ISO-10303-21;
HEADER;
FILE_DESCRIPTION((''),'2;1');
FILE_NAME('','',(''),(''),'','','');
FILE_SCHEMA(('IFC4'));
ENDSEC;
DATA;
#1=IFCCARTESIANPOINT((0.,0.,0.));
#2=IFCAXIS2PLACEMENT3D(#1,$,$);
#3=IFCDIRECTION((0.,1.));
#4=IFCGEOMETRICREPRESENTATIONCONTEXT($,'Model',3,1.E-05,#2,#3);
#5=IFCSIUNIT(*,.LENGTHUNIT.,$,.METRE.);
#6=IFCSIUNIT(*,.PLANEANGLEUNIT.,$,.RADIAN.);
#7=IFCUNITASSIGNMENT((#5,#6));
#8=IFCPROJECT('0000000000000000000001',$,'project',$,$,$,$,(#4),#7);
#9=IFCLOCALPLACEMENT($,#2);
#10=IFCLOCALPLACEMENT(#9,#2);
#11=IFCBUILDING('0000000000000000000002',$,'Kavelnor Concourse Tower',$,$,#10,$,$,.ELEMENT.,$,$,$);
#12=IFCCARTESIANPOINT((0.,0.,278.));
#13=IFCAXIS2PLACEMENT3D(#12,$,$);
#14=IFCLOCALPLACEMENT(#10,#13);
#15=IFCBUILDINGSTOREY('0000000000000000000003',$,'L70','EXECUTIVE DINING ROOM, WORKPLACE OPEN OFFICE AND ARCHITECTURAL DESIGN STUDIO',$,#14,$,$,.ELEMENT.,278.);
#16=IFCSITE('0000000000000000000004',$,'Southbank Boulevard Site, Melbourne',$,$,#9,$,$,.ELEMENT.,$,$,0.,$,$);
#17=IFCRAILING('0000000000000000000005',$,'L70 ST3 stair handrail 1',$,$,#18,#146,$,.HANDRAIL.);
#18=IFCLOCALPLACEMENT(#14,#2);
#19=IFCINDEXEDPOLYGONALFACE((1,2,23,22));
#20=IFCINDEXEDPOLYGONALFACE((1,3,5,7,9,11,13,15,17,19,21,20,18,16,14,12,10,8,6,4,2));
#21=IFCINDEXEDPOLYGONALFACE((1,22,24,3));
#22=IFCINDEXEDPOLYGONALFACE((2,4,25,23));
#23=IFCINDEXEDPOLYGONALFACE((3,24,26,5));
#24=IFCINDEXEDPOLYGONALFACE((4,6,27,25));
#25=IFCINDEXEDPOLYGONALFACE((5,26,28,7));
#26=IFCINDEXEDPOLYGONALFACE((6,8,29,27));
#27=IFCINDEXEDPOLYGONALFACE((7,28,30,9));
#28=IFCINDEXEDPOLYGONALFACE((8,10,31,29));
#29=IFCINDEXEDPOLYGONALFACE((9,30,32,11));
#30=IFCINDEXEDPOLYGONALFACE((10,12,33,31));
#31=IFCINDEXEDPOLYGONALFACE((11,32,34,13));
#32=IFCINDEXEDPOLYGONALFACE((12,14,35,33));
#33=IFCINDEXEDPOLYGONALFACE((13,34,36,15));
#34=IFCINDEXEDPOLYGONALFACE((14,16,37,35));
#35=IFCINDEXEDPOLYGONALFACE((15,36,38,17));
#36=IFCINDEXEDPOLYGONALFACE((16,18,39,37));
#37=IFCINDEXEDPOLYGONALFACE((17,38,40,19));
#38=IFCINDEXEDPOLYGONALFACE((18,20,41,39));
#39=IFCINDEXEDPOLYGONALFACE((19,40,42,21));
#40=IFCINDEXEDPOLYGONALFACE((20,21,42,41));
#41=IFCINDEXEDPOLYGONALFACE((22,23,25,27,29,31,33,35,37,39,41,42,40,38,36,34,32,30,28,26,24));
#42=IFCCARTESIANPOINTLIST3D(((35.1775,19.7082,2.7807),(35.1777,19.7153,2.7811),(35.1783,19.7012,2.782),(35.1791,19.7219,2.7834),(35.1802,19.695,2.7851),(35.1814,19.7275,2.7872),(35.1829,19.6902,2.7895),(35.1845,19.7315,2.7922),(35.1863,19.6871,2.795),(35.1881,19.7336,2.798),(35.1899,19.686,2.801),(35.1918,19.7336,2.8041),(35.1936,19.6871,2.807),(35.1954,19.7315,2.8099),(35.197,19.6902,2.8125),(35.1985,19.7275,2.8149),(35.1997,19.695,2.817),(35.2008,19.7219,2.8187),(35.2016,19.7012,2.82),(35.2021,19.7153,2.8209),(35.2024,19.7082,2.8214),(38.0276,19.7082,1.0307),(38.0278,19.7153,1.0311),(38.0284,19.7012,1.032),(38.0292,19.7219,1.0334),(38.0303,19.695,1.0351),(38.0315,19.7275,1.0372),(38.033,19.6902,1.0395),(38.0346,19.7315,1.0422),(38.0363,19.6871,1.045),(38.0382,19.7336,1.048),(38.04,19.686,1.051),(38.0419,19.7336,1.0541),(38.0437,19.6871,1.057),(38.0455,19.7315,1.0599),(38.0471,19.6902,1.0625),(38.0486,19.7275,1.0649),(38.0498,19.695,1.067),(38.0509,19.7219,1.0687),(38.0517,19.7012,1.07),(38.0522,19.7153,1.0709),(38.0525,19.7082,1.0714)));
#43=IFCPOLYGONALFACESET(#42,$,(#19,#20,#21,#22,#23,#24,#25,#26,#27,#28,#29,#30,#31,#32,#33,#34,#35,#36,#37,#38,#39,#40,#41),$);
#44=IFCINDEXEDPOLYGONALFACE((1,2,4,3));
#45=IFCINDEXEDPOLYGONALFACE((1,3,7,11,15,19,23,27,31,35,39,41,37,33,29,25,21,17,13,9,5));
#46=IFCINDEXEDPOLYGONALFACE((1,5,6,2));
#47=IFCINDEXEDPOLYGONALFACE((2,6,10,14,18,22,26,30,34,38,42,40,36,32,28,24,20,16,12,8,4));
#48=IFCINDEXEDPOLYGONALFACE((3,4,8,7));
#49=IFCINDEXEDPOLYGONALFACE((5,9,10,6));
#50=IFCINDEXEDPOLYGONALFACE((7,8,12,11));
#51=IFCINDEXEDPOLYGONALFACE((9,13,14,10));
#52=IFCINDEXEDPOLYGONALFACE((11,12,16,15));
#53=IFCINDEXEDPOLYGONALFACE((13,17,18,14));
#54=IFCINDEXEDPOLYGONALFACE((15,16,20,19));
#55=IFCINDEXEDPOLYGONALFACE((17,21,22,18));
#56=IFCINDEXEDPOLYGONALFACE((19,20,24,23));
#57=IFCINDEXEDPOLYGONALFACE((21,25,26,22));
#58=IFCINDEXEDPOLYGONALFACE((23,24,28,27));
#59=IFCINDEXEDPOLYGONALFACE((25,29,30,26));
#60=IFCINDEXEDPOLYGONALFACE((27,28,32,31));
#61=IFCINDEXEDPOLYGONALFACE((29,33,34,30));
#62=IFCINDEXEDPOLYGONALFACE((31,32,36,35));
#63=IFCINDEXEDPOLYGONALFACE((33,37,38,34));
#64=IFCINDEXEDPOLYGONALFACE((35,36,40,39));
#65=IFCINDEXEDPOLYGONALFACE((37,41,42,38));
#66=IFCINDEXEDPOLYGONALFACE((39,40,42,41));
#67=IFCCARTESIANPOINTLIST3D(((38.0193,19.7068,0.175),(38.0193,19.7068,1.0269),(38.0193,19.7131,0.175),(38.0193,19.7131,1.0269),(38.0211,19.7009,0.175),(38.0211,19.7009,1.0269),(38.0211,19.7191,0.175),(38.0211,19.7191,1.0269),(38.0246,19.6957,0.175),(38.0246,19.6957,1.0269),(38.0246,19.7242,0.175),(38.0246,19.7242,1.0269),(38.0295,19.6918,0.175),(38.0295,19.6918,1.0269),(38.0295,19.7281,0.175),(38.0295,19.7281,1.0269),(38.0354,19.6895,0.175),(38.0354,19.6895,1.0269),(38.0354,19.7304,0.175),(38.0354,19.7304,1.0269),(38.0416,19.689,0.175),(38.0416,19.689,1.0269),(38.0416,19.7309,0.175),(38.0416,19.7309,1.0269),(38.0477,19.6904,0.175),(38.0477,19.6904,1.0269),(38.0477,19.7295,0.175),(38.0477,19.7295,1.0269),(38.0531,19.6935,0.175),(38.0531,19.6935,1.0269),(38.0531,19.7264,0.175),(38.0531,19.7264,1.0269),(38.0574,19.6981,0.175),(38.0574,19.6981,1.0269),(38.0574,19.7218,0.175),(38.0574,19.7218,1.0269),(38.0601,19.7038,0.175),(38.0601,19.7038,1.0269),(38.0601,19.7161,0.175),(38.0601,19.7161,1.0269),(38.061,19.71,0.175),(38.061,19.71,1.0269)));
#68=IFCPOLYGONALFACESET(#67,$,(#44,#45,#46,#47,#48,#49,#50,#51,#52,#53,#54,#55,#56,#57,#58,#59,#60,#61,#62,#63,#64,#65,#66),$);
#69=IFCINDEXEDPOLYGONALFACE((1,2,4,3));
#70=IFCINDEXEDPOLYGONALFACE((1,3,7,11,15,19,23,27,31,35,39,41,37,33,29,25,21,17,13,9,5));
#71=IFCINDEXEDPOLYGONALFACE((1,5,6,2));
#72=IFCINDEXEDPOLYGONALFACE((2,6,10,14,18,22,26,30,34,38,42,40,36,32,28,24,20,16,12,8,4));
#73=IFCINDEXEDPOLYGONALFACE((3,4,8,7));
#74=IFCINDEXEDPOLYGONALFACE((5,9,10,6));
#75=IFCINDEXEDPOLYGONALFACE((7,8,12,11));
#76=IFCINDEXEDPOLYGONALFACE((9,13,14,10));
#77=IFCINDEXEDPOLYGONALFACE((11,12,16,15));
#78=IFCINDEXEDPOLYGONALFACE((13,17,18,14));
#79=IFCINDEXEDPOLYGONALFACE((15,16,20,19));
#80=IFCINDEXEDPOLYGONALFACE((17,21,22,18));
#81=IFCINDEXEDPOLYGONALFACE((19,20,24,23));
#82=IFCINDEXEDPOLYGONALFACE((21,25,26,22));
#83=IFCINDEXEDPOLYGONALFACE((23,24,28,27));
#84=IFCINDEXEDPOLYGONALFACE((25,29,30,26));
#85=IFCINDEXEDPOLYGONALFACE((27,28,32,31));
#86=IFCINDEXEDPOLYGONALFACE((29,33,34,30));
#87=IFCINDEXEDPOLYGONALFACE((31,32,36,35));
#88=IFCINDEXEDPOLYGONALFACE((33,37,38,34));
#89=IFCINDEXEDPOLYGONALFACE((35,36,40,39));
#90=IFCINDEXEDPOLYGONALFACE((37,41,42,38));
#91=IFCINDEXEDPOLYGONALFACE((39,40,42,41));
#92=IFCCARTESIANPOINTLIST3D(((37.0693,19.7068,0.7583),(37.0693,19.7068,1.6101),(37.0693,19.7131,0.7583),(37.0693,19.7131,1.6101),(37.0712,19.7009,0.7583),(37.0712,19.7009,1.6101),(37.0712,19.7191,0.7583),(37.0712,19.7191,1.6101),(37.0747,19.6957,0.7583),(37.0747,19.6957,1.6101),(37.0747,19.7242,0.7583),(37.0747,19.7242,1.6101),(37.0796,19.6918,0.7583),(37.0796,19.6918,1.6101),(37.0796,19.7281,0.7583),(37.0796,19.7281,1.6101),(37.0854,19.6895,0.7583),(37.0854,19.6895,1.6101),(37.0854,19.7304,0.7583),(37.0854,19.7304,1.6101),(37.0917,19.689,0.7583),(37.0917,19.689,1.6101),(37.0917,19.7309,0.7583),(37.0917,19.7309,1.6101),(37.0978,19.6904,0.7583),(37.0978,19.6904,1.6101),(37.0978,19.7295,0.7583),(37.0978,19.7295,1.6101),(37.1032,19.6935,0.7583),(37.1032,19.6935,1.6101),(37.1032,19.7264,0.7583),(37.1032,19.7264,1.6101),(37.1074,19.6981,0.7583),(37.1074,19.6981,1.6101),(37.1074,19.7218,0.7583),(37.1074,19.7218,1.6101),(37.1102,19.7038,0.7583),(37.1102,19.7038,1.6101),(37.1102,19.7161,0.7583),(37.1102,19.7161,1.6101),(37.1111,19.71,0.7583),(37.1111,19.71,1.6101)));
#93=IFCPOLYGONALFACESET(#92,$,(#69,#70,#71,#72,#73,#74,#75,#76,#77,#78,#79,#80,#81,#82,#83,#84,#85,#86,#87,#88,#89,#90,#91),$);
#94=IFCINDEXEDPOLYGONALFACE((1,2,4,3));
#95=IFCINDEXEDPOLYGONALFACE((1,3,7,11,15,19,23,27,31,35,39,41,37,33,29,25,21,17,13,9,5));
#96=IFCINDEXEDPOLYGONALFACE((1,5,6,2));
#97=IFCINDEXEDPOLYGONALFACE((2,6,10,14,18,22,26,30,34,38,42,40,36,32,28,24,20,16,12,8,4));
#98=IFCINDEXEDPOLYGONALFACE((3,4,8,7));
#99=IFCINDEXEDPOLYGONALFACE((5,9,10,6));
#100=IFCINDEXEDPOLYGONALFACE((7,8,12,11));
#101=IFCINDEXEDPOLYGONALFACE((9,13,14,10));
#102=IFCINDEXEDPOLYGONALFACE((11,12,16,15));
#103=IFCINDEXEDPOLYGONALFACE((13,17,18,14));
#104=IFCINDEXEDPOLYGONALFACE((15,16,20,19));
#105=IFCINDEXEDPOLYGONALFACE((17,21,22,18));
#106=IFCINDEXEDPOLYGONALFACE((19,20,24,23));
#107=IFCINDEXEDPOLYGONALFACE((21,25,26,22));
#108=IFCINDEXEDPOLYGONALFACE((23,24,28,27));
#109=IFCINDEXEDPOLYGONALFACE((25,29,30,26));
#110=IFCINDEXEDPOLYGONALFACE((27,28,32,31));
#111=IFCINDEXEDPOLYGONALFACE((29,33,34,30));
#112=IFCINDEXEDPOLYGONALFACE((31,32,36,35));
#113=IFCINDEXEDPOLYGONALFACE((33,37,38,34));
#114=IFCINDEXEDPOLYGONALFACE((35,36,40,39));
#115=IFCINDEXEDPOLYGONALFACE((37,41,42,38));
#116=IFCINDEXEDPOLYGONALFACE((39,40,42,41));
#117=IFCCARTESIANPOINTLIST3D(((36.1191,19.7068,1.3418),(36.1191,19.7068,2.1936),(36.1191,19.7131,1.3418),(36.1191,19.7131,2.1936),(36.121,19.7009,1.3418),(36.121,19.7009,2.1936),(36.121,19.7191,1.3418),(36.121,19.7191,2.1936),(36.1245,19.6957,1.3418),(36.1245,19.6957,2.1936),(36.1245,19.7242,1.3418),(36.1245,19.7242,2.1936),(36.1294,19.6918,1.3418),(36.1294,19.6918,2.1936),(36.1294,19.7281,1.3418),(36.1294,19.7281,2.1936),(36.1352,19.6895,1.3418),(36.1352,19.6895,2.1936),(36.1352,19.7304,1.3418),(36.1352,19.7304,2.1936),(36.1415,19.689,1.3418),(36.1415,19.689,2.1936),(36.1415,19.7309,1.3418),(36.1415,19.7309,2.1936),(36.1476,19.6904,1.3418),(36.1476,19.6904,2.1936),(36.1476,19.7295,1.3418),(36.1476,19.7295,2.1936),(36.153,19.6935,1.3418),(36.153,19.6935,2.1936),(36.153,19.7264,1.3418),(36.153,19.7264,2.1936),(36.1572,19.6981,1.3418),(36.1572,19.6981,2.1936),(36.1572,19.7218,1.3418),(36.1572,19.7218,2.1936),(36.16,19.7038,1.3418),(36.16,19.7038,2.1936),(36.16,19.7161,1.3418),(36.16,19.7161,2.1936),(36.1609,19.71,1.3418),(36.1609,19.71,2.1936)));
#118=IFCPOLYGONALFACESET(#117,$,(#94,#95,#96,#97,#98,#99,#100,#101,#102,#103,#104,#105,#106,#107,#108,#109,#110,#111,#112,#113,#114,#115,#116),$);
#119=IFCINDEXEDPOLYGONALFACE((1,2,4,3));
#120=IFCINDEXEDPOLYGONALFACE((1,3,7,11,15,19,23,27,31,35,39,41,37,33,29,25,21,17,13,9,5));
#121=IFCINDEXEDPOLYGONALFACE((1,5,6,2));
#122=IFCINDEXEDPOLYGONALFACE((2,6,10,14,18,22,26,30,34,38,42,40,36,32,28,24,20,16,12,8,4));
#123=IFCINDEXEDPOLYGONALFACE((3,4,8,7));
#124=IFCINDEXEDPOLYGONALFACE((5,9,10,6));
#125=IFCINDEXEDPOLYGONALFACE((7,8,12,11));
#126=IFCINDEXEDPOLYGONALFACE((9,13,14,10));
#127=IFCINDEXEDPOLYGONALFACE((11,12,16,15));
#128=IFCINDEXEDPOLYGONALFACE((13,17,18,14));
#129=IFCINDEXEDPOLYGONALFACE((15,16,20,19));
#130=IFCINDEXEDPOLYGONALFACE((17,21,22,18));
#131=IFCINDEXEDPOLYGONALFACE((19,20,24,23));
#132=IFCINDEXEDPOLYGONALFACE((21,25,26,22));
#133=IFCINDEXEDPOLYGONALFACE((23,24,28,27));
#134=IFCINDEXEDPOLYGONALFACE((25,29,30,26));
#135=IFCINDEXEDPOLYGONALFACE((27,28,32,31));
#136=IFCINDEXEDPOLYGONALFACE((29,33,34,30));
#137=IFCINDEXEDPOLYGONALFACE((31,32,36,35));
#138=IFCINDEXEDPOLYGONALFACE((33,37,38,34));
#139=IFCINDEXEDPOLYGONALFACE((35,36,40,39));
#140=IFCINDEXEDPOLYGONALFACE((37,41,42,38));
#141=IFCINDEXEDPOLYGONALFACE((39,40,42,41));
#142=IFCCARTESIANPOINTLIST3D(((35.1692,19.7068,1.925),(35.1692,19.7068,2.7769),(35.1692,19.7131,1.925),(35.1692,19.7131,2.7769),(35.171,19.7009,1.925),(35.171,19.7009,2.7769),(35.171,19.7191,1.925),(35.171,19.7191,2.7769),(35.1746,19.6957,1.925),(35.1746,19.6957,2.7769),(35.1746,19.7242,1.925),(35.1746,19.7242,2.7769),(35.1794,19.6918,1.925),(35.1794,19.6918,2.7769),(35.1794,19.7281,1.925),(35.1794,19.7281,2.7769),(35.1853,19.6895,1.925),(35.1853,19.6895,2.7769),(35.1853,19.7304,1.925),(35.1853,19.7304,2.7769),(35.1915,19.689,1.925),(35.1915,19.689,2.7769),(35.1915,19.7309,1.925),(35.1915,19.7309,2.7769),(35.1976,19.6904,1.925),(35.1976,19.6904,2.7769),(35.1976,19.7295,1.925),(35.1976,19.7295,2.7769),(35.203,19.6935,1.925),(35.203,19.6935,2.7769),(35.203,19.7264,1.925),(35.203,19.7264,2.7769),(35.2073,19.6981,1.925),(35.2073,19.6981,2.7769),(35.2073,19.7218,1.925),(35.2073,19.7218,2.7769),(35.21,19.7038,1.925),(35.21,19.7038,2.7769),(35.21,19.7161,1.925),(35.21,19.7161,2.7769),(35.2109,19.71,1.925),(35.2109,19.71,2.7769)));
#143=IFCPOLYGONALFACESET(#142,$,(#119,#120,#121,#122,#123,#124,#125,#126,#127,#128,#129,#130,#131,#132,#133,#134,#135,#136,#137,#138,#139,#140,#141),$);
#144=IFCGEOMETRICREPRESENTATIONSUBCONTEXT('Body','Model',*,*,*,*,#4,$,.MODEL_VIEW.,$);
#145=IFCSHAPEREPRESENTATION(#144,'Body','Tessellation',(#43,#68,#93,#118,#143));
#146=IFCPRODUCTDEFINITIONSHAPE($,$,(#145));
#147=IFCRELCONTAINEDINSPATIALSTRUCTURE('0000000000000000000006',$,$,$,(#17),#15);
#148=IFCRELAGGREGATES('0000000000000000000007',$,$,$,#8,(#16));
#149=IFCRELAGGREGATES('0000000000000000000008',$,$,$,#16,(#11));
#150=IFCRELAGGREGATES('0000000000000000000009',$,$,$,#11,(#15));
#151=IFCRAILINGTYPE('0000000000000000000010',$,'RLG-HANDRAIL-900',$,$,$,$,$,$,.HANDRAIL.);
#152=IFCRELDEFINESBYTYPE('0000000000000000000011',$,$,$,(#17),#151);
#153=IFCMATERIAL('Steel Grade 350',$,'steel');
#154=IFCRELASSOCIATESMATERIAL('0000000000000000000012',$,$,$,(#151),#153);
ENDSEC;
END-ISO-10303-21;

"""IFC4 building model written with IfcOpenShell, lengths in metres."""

from ifc_helpers import new_model, si_unit, direction, frame, origin, origin_2d, place, context, subcontext, project, spatial, circle, extrude, material, type_object, element, save


model = new_model("IFC4")

# Units and contexts
model_context = context("Model", 3, precision=1e-05, world=origin(), true_north=direction((0.0, 1.0)))
body_context = subcontext(model_context, "Body", "Model", "MODEL_VIEW")
ifc_project = project(units=[si_unit("LENGTHUNIT", "METRE"), si_unit("PLANEANGLEUNIT", "RADIAN")], contexts=[model_context])

# Site, building, storey
site_placement = place(None, origin())
site = spatial("IfcSite", under=ifc_project, at=site_placement, Name="Southbank Boulevard Site, Melbourne", CompositionType="ELEMENT", RefElevation=0.0)
building_placement = place(site_placement, origin())
building = spatial("IfcBuilding", under=site, at=building_placement, Name="Kavelnor Concourse Tower", CompositionType="ELEMENT")
storey_placement = place(building_placement, frame((0.0, 0.0, 278.0)))
storey = spatial("IfcBuildingStorey", under=building, at=storey_placement, Name="L70", Description="EXECUTIVE DINING ROOM, WORKPLACE OPEN OFFICE AND ARCHITECTURAL DESIGN STUDIO", CompositionType="ELEMENT", Elevation=278.0)

# Shared definitions
ifc_material_1 = material(Name="Steel Grade 350", Category="steel")

# Railing
railing_type_1 = type_object("IfcRailingType", Name="RLG-HANDRAIL-900", PredefinedType="HANDRAIL", material=ifc_material_1)
railing_1_placement = place(storey_placement, frame((38.04, 19.71, 0.175)))
element("IfcRailing", 1, at=railing_1_placement, inside=storey, type_object=railing_type_1, Name="L70 ST3 stair handrail 1", PredefinedType="HANDRAIL", context=body_context, shape_type="SweptSolid", body=[
    extrude(circle(Radius=0.0239, at=origin_2d()), frame((0.0, 0.0, 0.876), z_axis=(-0.852179, 0.0, 0.52325), x_axis=(0.0, -1.0, 0.0)), (0.0, 0.0, 1.0), 3.3445),
    extrude(circle(Radius=0.021, at=origin_2d()), origin(), (0.0, 0.0, 1.0), 0.8518),
    extrude(circle(Radius=0.021, at=origin_2d()), frame((-0.95, 0.0, 0.5833)), (0.0, 0.0, 1.0), 0.8518),
    extrude(circle(Radius=0.021, at=origin_2d()), frame((-1.9001, 0.0, 1.1667)), (0.0, 0.0, 1.0), 0.8518),
    extrude(circle(Radius=0.021, at=origin_2d()), frame((-2.8501, 0.0, 1.75)), (0.0, 0.0, 1.0), 0.8518),
])

save(model, "model.ifc")
